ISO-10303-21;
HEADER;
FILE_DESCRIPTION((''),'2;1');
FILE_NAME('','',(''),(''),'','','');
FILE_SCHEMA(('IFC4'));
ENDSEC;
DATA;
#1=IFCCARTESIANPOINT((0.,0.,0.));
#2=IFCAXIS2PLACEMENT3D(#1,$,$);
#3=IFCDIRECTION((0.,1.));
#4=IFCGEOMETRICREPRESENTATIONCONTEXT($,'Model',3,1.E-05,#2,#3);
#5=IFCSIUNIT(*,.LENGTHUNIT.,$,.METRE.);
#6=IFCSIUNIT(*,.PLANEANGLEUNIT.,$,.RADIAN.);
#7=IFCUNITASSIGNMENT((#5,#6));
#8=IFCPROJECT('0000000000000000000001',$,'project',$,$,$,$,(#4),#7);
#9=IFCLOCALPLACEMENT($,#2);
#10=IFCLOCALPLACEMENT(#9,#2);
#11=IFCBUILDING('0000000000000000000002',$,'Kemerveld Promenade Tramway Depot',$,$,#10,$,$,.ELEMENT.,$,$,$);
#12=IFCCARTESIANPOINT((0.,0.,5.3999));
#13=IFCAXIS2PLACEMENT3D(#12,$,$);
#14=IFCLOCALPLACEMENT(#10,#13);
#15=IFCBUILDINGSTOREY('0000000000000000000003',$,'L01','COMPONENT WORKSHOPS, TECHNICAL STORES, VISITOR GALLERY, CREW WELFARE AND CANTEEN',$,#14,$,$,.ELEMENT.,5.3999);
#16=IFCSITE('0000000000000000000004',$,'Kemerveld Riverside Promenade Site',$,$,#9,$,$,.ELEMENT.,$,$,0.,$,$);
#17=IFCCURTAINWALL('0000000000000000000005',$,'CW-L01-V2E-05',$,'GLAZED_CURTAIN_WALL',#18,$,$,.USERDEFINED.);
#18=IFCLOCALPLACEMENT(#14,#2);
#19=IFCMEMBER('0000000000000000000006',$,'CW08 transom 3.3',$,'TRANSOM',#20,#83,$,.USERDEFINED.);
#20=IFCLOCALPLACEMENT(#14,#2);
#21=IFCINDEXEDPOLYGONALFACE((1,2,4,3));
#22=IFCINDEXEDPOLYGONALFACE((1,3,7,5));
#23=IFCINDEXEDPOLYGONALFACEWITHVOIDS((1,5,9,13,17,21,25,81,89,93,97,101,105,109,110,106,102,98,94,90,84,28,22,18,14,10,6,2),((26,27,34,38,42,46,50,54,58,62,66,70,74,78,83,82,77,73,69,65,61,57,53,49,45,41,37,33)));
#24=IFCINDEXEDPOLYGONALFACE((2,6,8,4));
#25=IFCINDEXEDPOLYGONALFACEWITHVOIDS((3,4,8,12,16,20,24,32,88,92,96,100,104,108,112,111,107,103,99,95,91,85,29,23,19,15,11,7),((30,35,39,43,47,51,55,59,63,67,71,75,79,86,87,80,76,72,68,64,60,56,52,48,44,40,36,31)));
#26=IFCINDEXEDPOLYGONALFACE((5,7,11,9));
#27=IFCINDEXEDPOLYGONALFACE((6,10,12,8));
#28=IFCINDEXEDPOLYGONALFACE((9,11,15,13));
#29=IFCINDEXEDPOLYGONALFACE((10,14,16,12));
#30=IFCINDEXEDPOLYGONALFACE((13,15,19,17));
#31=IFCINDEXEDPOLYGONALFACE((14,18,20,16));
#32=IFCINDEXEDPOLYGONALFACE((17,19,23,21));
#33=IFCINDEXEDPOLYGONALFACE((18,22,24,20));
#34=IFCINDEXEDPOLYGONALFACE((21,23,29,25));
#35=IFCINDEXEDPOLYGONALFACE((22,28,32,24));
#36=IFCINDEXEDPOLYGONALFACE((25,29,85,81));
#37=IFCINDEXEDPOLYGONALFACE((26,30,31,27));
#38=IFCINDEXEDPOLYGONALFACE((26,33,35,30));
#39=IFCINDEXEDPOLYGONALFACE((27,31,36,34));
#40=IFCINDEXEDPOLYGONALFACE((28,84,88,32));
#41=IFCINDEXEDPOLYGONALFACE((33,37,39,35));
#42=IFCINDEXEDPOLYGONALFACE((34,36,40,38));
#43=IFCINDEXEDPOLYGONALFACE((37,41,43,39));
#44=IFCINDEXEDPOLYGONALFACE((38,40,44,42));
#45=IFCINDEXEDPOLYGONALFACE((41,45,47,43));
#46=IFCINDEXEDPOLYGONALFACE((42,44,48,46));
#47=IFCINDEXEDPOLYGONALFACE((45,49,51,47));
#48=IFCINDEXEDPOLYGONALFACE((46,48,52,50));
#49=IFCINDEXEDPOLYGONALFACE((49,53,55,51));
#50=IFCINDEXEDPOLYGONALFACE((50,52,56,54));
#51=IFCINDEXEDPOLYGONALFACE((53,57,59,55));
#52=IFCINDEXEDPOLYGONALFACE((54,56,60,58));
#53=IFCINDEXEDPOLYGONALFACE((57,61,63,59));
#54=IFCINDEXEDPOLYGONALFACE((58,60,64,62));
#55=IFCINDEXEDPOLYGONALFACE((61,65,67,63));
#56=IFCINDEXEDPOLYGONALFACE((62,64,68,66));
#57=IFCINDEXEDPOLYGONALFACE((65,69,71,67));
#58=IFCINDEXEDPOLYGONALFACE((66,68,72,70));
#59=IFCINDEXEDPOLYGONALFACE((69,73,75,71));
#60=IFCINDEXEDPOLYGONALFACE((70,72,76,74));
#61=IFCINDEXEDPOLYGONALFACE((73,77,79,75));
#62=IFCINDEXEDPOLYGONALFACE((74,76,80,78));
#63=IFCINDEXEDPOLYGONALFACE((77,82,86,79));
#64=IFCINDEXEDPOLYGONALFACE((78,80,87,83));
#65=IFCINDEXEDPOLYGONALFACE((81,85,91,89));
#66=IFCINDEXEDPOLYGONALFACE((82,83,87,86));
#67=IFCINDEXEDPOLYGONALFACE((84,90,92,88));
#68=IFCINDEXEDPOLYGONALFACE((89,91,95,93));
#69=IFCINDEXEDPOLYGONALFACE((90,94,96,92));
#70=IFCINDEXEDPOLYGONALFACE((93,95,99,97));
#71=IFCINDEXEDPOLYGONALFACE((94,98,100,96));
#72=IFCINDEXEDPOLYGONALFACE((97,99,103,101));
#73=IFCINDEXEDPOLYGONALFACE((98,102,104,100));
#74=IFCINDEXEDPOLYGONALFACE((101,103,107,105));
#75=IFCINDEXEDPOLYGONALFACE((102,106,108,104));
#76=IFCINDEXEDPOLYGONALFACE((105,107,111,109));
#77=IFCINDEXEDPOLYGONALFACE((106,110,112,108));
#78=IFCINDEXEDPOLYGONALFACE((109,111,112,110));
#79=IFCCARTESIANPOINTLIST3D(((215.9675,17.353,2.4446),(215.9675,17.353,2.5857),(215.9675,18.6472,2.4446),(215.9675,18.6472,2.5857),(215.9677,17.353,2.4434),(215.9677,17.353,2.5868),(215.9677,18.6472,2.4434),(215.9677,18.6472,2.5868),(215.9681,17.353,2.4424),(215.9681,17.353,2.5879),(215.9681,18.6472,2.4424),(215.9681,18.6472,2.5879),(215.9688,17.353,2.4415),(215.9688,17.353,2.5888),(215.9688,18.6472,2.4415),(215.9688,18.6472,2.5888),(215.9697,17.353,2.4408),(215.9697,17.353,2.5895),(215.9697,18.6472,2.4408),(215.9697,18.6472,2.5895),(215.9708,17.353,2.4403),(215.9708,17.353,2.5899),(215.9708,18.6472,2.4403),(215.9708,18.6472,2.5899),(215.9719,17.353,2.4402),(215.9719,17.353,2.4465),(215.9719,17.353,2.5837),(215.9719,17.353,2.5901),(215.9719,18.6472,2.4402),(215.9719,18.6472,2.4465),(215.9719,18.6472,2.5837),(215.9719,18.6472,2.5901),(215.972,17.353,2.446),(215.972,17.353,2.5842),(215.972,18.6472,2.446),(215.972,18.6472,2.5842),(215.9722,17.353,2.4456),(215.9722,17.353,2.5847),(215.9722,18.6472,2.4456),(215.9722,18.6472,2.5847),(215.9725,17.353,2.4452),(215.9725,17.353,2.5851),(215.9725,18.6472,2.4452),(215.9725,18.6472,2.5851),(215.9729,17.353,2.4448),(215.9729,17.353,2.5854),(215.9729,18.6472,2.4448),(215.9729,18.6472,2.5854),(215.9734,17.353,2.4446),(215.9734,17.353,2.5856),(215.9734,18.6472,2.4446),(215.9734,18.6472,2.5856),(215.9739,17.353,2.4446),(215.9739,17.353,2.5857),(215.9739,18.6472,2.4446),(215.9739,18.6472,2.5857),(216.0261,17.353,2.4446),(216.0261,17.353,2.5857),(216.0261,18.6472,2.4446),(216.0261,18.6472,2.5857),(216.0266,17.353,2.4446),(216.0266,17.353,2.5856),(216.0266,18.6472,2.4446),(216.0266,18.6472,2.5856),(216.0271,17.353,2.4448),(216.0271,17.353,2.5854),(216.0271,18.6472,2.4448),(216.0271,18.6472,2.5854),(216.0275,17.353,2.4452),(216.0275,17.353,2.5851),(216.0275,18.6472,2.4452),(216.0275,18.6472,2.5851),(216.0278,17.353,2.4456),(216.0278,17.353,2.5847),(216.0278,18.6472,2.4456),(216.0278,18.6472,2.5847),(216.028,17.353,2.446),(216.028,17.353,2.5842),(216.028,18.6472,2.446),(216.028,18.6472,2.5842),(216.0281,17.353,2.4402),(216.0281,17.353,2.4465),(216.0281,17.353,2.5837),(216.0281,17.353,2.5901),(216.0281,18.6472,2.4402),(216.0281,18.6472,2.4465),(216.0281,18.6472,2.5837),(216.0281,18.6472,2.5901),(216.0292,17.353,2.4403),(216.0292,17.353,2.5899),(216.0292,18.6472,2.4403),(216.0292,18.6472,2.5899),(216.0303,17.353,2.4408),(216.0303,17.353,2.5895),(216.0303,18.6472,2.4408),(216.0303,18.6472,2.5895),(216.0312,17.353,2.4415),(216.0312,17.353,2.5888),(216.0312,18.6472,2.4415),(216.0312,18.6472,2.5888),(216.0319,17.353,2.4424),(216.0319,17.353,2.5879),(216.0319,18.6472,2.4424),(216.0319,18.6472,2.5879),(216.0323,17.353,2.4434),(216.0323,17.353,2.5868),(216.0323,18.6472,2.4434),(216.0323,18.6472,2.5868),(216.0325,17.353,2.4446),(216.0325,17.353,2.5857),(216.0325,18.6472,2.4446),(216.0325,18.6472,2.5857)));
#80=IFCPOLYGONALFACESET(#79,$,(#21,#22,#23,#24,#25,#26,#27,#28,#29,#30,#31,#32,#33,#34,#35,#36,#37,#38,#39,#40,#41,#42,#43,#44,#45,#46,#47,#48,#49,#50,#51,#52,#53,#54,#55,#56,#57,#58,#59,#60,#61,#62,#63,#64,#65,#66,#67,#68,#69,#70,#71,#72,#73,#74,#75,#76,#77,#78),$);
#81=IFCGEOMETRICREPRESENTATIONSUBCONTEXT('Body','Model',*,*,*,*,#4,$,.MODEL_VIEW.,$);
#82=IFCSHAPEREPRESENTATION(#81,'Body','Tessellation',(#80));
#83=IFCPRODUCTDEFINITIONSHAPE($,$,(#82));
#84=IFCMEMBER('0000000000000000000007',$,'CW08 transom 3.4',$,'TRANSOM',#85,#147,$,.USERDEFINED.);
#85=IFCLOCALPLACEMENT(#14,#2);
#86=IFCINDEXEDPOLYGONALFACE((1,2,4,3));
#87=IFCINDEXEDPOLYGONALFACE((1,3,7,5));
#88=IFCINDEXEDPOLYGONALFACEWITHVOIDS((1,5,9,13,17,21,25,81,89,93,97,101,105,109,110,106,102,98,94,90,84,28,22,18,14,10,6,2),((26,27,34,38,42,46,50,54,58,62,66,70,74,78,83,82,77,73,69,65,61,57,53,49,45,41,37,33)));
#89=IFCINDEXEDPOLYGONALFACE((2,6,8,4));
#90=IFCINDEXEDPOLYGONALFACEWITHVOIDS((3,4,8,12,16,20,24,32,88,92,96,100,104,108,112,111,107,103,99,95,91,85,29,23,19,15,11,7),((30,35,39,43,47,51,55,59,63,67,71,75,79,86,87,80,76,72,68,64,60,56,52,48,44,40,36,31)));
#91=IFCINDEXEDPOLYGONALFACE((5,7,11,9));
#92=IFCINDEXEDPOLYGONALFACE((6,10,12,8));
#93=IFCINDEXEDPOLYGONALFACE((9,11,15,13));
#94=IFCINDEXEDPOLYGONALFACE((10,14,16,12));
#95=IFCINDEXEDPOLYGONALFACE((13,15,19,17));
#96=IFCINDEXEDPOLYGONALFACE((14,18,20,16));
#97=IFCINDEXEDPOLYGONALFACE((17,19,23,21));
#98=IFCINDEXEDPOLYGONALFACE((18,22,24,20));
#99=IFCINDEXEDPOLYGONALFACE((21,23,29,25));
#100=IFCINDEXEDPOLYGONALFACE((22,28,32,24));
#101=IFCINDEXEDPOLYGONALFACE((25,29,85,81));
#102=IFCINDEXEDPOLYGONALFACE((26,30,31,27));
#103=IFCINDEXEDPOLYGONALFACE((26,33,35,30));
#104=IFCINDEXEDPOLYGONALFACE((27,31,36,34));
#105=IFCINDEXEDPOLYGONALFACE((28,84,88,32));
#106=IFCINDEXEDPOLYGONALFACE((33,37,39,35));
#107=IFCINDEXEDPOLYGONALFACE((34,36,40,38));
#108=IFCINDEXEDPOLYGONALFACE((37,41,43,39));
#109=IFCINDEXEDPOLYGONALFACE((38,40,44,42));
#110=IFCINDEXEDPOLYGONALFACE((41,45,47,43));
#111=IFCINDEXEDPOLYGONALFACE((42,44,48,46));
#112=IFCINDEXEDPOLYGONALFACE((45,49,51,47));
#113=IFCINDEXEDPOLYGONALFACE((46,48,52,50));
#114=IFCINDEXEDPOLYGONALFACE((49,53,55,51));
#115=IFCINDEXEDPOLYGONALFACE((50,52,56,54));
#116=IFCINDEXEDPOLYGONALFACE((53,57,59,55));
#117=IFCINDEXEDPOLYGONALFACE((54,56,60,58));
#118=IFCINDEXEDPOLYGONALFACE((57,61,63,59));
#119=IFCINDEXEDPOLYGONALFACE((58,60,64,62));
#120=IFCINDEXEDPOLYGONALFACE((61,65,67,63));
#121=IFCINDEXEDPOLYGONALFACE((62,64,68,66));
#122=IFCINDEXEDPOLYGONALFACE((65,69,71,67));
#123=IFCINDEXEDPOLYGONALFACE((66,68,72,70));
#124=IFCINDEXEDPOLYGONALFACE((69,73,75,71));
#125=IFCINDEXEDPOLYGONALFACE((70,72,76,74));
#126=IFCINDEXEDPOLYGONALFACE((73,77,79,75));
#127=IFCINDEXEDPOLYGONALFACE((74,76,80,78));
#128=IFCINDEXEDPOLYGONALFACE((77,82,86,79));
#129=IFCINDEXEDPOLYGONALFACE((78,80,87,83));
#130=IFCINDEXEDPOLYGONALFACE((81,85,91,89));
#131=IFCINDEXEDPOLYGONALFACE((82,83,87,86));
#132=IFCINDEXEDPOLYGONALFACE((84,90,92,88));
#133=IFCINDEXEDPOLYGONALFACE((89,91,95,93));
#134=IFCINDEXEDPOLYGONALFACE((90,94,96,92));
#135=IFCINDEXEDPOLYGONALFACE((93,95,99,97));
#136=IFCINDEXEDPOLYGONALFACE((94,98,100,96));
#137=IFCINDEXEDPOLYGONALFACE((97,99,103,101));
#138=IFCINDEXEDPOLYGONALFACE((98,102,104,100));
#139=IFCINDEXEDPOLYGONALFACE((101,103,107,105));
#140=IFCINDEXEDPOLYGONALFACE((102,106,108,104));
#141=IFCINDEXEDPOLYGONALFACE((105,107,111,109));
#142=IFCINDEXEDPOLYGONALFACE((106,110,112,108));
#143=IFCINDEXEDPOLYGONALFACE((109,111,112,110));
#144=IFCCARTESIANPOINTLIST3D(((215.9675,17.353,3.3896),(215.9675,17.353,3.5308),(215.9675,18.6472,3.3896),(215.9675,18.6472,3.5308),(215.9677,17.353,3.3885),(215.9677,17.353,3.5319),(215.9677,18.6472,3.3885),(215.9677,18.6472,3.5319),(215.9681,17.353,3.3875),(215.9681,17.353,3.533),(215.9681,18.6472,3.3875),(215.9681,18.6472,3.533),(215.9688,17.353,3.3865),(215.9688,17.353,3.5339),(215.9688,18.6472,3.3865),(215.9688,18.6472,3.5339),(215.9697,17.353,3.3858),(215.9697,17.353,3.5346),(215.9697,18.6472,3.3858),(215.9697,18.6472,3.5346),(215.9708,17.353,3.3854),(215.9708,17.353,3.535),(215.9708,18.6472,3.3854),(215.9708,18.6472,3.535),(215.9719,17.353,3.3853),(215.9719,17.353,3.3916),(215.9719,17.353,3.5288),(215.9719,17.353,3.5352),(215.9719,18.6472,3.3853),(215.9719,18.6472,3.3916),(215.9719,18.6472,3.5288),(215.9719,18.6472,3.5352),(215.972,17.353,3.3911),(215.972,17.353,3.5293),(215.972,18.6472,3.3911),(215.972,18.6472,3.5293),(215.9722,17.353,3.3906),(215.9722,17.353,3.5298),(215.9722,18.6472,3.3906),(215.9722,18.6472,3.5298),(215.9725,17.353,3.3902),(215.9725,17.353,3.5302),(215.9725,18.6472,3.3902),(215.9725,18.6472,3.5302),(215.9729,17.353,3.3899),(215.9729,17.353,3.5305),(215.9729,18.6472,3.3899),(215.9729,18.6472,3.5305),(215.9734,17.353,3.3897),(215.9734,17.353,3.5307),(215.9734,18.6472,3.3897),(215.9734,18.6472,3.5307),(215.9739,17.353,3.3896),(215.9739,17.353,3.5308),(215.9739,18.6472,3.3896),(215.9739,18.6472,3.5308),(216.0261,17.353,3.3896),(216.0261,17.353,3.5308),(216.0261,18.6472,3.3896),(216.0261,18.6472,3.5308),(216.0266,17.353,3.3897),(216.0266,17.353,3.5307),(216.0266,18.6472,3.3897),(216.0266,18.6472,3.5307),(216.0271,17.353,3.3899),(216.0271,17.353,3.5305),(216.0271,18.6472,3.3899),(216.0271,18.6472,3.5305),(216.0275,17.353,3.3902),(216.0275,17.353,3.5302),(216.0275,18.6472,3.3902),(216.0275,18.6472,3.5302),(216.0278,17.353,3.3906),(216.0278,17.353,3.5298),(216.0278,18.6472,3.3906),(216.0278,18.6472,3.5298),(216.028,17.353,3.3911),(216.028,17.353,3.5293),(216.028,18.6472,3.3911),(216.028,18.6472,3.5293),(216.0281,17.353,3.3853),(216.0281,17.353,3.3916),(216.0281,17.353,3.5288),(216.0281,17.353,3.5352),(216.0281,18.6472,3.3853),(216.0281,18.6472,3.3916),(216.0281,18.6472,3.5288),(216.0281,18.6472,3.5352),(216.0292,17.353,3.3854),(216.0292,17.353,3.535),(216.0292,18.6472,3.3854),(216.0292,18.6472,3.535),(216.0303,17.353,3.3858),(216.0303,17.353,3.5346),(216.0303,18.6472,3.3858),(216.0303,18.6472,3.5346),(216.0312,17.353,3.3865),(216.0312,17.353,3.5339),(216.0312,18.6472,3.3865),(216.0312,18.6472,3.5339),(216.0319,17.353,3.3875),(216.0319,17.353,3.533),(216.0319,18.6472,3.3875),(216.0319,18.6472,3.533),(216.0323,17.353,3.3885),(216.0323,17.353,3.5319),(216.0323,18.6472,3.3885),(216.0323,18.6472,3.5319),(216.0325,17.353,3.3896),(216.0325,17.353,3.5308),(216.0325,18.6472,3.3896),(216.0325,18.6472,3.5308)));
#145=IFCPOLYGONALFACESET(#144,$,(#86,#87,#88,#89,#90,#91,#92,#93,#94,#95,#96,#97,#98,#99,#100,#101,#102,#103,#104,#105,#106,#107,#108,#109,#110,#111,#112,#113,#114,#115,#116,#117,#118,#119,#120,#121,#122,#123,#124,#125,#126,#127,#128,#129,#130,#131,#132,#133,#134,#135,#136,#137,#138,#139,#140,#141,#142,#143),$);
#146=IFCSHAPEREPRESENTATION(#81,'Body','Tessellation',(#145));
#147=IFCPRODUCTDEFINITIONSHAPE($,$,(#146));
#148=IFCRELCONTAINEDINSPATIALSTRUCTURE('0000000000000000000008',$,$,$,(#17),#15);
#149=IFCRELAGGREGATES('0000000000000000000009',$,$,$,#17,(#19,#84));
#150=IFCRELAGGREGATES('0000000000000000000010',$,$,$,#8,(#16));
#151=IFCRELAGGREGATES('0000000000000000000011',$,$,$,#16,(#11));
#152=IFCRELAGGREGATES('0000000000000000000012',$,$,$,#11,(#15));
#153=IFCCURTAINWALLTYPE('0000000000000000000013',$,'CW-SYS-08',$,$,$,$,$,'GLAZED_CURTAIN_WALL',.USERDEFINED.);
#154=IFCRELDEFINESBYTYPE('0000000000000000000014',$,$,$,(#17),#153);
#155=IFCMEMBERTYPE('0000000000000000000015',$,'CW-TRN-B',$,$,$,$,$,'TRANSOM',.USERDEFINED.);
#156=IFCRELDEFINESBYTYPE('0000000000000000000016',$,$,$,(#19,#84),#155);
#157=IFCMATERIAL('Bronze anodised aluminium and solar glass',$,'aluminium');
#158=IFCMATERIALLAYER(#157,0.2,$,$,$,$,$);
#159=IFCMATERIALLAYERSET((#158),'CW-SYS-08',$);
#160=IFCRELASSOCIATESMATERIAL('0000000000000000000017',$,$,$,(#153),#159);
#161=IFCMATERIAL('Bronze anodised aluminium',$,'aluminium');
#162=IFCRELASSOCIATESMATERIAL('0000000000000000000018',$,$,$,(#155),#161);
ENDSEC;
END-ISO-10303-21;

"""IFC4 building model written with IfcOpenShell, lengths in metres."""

from ifc_helpers import new_model, si_unit, direction, frame, origin, origin_2d, place, context, subcontext, project, spatial, hollow_rectangle, extrude, material, layer, layer_set, material_profile, profile_set, type_object, element, aggregate, save


model = new_model("IFC4")

# Units and contexts
model_context = context("Model", 3, precision=1e-05, world=origin(), true_north=direction((0.0, 1.0)))
body_context = subcontext(model_context, "Body", "Model", "MODEL_VIEW")
ifc_project = project(units=[si_unit("LENGTHUNIT", "METRE"), si_unit("PLANEANGLEUNIT", "RADIAN")], contexts=[model_context])

# Site, building, storey
site_placement = place(None, origin())
site = spatial("IfcSite", under=ifc_project, at=site_placement, Name="Kemerveld Riverside Promenade Site", CompositionType="ELEMENT", RefElevation=0.0)
building_placement = place(site_placement, origin())
building = spatial("IfcBuilding", under=site, at=building_placement, Name="Kemerveld Promenade Tramway Depot", CompositionType="ELEMENT")
storey_placement = place(building_placement, frame((0.0, 0.0, 5.3999)))
storey = spatial("IfcBuildingStorey", under=building, at=storey_placement, Name="L01", Description="COMPONENT WORKSHOPS, TECHNICAL STORES, VISITOR GALLERY, CREW WELFARE AND CANTEEN", CompositionType="ELEMENT", Elevation=5.3999)

# Curtain wall, members
ifc_material_1 = material(Name="Bronze anodised aluminium and solar glass", Category="aluminium")
ifc_layer_1 = layer(ifc_material_1, 0.2)
ifc_layer_set_1 = layer_set([ifc_layer_1], Name="CW-SYS-08")
curtain_wall_type = type_object("IfcCurtainWallType", Name="CW-SYS-08", ElementType="GLAZED_CURTAIN_WALL", PredefinedType="USERDEFINED", material=ifc_layer_set_1)
curtain_wall_placement = place(storey_placement, origin())
curtain_wall = element("IfcCurtainWall", 1, at=curtain_wall_placement, inside=storey, type_object=curtain_wall_type, Name="CW-L01-V2E-05", ObjectType="GLAZED_CURTAIN_WALL", PredefinedType="USERDEFINED")
ifc_material_2 = material(Name="Bronze anodised aluminium", Category="aluminium")
ifc_material_profile_1 = material_profile(ifc_material_2, hollow_rectangle(XDim=0.0649, YDim=0.1499, WallThickness=0.0044, InnerFilletRadius=0.002, OuterFilletRadius=0.0044, at=origin_2d()), Name="CW-TRN-150x65")
ifc_profile_set_1 = profile_set([ifc_material_profile_1], Name="Bronze anodised aluminium")
member_type_1 = type_object("IfcMemberType", Name="CW-TRN-B", ElementType="TRANSOM", PredefinedType="USERDEFINED", material=ifc_profile_set_1)
member_1_placement = place(storey_placement, frame((216.0, 18.6472, 2.5151), z_axis=(0.0, -1.0, 0.0), x_axis=(1.0, 0.0, 0.0)))
member_1 = element("IfcMember", 2, at=member_1_placement, type_object=member_type_1, Name="CW08 transom 3.3", ObjectType="TRANSOM", PredefinedType="USERDEFINED", context=body_context, shape_type="SweptSolid", body=[
    extrude(hollow_rectangle(XDim=0.0649, YDim=0.1499, WallThickness=0.0044, InnerFilletRadius=0.002, OuterFilletRadius=0.0044, at=origin_2d()), origin(), (0.0, 0.0, 1.0), 1.2942),
])
member_2_placement = place(storey_placement, frame((216.0, 18.6472, 3.4602), z_axis=(0.0, -1.0, 0.0), x_axis=(1.0, 0.0, 0.0)))
member_2 = element("IfcMember", 3, at=member_2_placement, type_object=member_type_1, Name="CW08 transom 3.4", ObjectType="TRANSOM", PredefinedType="USERDEFINED", context=body_context, shape_type="SweptSolid", body=[
    extrude(hollow_rectangle(XDim=0.0649, YDim=0.1499, WallThickness=0.0044, InnerFilletRadius=0.002, OuterFilletRadius=0.0044, at=origin_2d()), origin(), (0.0, 0.0, 1.0), 1.2942),
])
aggregate(curtain_wall, [member_1, member_2])

save(model, "model.ifc")
